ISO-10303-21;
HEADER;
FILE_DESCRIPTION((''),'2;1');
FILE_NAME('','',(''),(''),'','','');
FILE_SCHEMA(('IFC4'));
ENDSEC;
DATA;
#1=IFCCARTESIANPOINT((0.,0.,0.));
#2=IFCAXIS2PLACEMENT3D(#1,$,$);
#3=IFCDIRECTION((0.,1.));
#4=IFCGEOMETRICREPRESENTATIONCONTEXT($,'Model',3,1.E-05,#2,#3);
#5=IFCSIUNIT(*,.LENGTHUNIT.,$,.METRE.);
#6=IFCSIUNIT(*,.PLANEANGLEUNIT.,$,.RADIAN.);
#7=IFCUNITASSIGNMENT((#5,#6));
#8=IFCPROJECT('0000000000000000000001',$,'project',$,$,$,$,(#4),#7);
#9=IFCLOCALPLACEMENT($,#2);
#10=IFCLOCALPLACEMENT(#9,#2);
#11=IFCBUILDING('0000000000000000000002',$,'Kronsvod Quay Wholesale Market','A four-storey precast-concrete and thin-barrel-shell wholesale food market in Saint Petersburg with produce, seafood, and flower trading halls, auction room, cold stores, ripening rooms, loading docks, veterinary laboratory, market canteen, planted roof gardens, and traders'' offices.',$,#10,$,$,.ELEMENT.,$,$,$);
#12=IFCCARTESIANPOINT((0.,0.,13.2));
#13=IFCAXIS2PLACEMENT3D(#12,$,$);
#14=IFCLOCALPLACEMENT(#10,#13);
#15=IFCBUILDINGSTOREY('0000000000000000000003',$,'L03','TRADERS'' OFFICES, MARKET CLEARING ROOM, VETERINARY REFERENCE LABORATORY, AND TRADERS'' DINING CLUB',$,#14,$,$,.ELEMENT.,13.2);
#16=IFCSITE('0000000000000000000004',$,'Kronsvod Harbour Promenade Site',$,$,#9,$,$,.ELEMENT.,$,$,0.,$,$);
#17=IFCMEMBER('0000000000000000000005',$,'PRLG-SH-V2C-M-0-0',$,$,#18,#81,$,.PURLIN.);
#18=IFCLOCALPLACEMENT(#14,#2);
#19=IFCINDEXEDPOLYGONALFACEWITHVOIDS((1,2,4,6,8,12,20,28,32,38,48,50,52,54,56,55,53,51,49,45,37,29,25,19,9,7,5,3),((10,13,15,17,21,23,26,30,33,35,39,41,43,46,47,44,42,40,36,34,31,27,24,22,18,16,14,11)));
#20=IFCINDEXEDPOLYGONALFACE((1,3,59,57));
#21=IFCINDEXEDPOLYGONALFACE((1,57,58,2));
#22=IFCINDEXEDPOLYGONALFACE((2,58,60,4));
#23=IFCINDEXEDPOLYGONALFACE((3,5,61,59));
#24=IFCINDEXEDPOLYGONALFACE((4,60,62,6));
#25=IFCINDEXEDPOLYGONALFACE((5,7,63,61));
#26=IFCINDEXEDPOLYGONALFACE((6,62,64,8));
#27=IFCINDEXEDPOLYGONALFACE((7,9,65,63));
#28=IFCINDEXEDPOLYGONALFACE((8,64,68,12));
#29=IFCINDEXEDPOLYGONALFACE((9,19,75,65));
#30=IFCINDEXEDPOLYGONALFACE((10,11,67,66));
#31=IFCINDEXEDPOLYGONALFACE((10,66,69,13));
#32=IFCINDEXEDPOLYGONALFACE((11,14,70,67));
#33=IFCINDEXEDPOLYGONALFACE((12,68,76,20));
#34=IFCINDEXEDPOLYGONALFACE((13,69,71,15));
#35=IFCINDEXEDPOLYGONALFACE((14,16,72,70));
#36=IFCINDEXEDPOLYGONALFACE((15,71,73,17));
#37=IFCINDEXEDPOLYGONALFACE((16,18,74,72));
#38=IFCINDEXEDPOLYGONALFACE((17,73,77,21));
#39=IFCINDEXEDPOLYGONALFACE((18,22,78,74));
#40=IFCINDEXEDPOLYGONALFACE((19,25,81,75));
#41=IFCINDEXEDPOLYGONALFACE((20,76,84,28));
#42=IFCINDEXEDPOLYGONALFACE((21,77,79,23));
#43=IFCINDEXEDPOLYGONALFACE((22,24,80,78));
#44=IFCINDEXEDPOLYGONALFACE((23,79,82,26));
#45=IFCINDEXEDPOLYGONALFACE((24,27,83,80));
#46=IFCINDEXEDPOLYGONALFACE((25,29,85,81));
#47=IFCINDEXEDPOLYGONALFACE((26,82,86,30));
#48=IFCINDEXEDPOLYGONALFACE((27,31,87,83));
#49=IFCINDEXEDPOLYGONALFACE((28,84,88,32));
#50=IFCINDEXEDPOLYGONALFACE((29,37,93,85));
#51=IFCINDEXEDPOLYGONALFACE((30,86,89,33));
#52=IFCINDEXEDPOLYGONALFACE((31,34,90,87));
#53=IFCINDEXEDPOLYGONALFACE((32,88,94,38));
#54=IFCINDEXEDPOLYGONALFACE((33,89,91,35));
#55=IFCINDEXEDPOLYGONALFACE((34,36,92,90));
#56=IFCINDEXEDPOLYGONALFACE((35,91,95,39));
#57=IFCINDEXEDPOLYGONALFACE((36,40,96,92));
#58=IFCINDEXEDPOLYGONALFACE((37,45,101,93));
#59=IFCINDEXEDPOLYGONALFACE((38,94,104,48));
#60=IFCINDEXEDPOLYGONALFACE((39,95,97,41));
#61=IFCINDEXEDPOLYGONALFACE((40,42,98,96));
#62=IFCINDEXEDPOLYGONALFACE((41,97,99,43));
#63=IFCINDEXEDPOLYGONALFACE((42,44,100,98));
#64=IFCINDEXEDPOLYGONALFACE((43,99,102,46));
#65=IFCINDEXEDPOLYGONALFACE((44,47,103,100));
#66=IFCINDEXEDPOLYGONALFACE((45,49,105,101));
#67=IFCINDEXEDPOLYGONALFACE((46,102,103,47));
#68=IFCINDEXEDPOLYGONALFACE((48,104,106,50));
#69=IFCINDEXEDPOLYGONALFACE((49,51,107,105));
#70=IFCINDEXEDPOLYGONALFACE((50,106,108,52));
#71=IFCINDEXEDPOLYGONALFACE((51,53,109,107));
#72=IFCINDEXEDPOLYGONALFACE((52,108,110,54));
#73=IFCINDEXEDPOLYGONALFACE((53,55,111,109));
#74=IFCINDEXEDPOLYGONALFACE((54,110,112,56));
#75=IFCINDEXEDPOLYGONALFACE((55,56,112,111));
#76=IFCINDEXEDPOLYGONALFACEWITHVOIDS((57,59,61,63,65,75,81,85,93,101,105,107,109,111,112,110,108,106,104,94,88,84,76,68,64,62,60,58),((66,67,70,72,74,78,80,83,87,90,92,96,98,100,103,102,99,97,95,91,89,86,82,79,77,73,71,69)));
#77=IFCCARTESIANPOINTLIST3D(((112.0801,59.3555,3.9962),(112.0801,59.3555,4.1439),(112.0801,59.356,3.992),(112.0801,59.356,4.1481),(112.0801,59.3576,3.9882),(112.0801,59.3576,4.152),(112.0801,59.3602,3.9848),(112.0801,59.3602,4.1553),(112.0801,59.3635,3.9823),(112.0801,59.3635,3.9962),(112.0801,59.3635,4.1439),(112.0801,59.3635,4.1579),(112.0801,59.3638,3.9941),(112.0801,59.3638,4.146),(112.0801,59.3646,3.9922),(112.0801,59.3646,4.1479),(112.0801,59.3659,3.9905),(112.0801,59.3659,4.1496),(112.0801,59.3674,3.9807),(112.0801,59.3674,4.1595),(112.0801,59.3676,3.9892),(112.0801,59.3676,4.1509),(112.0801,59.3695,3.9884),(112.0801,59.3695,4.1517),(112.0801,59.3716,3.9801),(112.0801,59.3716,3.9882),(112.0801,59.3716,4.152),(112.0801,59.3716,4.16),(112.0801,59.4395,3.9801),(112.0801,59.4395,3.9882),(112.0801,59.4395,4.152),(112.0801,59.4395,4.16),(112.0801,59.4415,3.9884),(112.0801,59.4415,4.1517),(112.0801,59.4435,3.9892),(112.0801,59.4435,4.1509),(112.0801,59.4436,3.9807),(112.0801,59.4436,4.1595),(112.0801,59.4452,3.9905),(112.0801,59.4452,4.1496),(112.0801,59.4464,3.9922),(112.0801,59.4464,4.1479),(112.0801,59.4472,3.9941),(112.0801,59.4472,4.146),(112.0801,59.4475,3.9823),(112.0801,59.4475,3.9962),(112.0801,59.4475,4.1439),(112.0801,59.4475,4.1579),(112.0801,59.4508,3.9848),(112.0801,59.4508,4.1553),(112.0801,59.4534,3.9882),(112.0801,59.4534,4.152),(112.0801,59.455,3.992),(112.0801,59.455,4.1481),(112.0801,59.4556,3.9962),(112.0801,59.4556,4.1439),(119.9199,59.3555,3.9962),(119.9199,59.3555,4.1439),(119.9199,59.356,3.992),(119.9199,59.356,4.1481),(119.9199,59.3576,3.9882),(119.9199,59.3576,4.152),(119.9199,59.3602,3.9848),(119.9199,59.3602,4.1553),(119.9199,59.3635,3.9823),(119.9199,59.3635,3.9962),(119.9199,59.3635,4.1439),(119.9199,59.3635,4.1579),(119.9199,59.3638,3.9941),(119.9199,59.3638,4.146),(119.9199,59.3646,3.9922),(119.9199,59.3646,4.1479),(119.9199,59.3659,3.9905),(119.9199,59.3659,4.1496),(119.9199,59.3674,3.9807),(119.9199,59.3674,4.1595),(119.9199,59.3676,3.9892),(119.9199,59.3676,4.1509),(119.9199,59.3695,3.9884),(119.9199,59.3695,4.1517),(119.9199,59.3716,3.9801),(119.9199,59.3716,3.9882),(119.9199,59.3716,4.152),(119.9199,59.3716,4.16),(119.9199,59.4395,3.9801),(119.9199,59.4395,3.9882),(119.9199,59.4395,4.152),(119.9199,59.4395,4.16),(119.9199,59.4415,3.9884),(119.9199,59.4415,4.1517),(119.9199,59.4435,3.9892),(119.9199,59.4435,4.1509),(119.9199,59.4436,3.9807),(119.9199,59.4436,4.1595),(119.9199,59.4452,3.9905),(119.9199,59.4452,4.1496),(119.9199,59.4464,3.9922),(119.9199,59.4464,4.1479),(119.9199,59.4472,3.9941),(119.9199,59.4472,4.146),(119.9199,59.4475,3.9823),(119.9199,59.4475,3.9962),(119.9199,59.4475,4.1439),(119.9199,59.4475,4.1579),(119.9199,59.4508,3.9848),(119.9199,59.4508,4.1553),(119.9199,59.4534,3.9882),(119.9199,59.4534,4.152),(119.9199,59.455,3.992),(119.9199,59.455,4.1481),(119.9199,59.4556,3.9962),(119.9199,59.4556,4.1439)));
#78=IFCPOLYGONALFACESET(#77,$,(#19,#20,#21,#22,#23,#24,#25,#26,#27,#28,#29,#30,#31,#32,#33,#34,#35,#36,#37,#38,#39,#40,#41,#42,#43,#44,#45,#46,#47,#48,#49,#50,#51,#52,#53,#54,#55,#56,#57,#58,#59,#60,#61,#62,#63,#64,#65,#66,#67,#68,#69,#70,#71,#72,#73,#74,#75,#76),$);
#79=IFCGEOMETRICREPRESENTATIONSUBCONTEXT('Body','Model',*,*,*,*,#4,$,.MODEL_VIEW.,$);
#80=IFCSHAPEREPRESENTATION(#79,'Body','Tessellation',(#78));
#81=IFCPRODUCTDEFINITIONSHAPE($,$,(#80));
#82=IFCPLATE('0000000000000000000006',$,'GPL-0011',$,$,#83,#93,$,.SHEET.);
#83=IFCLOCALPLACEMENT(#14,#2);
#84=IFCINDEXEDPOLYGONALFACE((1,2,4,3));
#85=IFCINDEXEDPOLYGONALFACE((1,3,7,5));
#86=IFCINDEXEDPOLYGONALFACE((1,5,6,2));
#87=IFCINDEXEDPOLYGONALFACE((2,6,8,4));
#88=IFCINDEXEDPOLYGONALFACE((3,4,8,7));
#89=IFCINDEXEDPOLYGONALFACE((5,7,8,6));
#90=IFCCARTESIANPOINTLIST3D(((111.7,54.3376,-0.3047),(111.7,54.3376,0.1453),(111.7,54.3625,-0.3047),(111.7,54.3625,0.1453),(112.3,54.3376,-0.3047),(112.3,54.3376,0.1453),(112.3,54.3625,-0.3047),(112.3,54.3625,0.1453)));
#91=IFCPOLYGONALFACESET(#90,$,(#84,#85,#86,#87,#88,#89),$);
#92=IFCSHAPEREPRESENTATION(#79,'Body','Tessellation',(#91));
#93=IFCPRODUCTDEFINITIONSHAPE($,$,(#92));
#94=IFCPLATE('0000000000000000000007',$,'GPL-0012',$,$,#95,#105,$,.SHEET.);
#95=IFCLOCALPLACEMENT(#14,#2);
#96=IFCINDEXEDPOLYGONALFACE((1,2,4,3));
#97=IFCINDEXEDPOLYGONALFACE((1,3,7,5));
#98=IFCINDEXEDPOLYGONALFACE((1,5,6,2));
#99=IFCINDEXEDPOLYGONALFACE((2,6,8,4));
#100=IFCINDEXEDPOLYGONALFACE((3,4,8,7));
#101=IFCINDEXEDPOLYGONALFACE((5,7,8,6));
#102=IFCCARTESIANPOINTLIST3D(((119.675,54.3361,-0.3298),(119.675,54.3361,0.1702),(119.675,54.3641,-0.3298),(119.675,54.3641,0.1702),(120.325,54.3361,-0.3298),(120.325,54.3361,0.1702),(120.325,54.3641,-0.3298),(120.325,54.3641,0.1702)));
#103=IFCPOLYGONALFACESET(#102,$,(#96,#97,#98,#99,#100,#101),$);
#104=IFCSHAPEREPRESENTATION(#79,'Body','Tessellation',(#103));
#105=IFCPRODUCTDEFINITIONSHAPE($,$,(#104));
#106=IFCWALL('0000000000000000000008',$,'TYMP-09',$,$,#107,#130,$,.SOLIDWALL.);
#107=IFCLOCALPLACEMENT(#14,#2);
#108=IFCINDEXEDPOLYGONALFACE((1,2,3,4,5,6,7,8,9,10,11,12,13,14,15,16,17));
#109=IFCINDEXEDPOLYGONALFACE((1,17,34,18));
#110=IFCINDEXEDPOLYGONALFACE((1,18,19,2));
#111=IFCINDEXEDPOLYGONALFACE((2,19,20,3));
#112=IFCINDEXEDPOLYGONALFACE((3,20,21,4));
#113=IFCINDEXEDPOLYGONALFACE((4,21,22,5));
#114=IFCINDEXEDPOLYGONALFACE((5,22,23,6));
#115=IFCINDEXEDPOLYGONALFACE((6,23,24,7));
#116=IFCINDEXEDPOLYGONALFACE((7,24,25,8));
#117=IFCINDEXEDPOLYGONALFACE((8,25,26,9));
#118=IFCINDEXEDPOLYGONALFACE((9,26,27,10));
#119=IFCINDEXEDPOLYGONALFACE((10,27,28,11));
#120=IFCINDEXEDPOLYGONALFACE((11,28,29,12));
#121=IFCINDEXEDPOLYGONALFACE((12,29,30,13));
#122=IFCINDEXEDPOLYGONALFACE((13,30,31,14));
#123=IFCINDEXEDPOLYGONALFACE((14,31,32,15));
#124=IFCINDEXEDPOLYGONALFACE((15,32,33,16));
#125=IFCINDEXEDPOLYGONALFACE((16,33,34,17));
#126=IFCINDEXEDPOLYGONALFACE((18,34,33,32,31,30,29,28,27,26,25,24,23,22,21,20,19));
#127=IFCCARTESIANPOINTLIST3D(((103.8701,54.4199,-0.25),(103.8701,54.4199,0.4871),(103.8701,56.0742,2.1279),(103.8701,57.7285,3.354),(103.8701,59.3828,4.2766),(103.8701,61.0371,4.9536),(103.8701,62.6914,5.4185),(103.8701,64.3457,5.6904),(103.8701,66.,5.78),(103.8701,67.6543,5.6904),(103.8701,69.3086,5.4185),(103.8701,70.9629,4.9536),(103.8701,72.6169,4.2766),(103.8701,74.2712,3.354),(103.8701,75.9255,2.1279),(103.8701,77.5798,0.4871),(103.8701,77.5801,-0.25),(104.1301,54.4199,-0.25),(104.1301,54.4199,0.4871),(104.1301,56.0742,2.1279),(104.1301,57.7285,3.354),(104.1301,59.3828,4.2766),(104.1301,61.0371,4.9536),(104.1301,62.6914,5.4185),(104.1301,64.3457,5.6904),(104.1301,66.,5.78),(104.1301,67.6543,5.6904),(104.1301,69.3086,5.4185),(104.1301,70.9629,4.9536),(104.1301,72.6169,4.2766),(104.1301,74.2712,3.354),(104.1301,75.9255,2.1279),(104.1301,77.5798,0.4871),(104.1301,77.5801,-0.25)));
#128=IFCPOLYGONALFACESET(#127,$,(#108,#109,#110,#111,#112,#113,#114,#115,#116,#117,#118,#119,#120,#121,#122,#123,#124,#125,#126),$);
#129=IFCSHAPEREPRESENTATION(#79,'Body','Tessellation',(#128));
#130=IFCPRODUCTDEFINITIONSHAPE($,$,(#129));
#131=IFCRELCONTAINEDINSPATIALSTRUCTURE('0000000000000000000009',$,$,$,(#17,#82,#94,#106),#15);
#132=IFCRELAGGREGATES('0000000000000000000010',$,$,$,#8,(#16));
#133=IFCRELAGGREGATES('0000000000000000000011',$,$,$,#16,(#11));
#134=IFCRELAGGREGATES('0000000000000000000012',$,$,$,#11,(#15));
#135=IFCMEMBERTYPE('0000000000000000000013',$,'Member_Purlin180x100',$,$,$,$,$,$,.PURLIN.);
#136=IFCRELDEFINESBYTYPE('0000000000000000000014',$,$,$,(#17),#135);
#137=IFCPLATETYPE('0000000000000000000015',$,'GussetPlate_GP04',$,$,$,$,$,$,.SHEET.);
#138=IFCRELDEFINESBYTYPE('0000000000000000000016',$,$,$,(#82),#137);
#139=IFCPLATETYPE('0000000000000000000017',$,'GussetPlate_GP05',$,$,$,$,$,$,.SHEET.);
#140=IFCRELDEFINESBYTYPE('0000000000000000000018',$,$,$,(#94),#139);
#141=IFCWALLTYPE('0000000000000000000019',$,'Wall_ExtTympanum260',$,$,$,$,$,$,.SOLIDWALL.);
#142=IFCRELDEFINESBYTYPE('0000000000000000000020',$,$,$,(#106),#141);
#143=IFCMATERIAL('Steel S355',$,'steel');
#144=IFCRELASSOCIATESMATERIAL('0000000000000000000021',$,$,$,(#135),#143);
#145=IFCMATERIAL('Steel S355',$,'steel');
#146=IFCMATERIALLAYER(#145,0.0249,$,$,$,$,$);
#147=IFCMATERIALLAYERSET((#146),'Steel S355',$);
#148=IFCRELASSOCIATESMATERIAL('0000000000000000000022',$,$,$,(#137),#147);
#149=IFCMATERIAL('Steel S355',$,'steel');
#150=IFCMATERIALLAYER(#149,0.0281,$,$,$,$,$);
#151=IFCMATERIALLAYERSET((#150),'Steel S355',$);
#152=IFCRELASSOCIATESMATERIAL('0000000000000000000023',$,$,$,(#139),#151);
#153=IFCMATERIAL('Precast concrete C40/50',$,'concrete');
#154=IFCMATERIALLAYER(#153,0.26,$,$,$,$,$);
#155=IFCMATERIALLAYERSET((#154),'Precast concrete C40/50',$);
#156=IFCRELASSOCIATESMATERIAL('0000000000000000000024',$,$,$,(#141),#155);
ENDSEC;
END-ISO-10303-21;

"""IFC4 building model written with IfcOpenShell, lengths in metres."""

from ifc_helpers import new_model, si_unit, direction, frame, origin, origin_2d, place, context, subcontext, project, spatial, polyline, rectangle, hollow_rectangle, outline, extrude, material, layer, layer_set, material_profile, profile_set, type_object, element, save


model = new_model("IFC4")

# Units and contexts
model_context = context("Model", 3, precision=1e-05, world=origin(), true_north=direction((0.0, 1.0)))
body_context = subcontext(model_context, "Body", "Model", "MODEL_VIEW")
ifc_project = project(units=[si_unit("LENGTHUNIT", "METRE"), si_unit("PLANEANGLEUNIT", "RADIAN")], contexts=[model_context])

# Site, building, storey
site_placement = place(None, origin())
site = spatial("IfcSite", under=ifc_project, at=site_placement, Name="Kronsvod Harbour Promenade Site", CompositionType="ELEMENT", RefElevation=0.0)
building_placement = place(site_placement, origin())
building = spatial("IfcBuilding", under=site, at=building_placement, Name="Kronsvod Quay Wholesale Market", Description="A four-storey precast-concrete and thin-barrel-shell wholesale food market in Saint Petersburg with produce, seafood, and flower trading halls, auction room, cold stores, ripening rooms, loading docks, veterinary laboratory, market canteen, planted roof gardens, and traders' offices.", CompositionType="ELEMENT")
storey_placement = place(building_placement, frame((0.0, 0.0, 13.2)))
storey = spatial("IfcBuildingStorey", under=building, at=storey_placement, Name="L03", Description="TRADERS' OFFICES, MARKET CLEARING ROOM, VETERINARY REFERENCE LABORATORY, AND TRADERS' DINING CLUB", CompositionType="ELEMENT", Elevation=13.2)

# Member
ifc_material_1 = material(Name="Steel S355", Category="steel")
ifc_material_profile_1 = material_profile(ifc_material_1, hollow_rectangle(XDim=0.1001, YDim=0.1799, WallThickness=0.0081, InnerFilletRadius=0.0081, OuterFilletRadius=0.0161, at=origin_2d()), Name="RHS180x100x8")
ifc_profile_set_1 = profile_set([ifc_material_profile_1], Name="Steel S355")
member_type_1 = type_object("IfcMemberType", Name="Member_Purlin180x100", PredefinedType="PURLIN", material=ifc_profile_set_1)
member_1_placement = place(storey_placement, frame((112.0801, 59.4055, 4.0701), z_axis=(1.0, 0.0, 0.0), x_axis=(0.0, 1.0, 0.0)))
element("IfcMember", 1, at=member_1_placement, inside=storey, type_object=member_type_1, Name="PRLG-SH-V2C-M-0-0", PredefinedType="PURLIN", context=body_context, shape_type="SweptSolid", body=[
    extrude(hollow_rectangle(XDim=0.1001, YDim=0.1799, WallThickness=0.0081, InnerFilletRadius=0.0081, OuterFilletRadius=0.0161, at=origin_2d()), origin(), (0.0, 0.0, 1.0), 7.8398),
])

# Plates
ifc_material_2 = material(Name="Steel S355", Category="steel")
ifc_layer_1 = layer(ifc_material_2, 0.0249)
ifc_layer_set_1 = layer_set([ifc_layer_1], Name="Steel S355")
plate_type_1 = type_object("IfcPlateType", Name="GussetPlate_GP04", PredefinedType="SHEET", material=ifc_layer_set_1)
plate_1_placement = place(storey_placement, frame((112.0, 54.3501, -0.3047), z_axis=(0.0, 0.0, 1.0), x_axis=(1.0, 0.0, 0.0)))
element("IfcPlate", 2, at=plate_1_placement, inside=storey, type_object=plate_type_1, Name="GPL-0011", PredefinedType="SHEET", context=body_context, shape_type="SweptSolid", body=[
    extrude(rectangle(XDim=0.6001, YDim=0.0249, at=origin_2d()), origin(), (0.0, 0.0, 1.0), 0.45),
])
ifc_material_3 = material(Name="Steel S355", Category="steel")
ifc_layer_2 = layer(ifc_material_3, 0.0281)
ifc_layer_set_2 = layer_set([ifc_layer_2], Name="Steel S355")
plate_type_2 = type_object("IfcPlateType", Name="GussetPlate_GP05", PredefinedType="SHEET", material=ifc_layer_set_2)
plate_2_placement = place(storey_placement, frame((120.0, 54.3501, -0.3298), z_axis=(0.0, 0.0, 1.0), x_axis=(1.0, 0.0, 0.0)))
element("IfcPlate", 3, at=plate_2_placement, inside=storey, type_object=plate_type_2, Name="GPL-0012", PredefinedType="SHEET", context=body_context, shape_type="SweptSolid", body=[
    extrude(rectangle(XDim=0.6499, YDim=0.0281, at=origin_2d()), origin(), (0.0, 0.0, 1.0), 0.5),
])

# Wall
ifc_material_4 = material(Name="Precast concrete C40/50", Category="concrete")
ifc_layer_3 = layer(ifc_material_4, 0.26)
ifc_layer_set_3 = layer_set([ifc_layer_3], Name="Precast concrete C40/50")
wall_type = type_object("IfcWallType", Name="Wall_ExtTympanum260", PredefinedType="SOLIDWALL", material=ifc_layer_set_3)
wall_placement = place(storey_placement, frame((104.0, 54.4199, -0.25), z_axis=(0.0, 0.0, 1.0), x_axis=(0.0, 1.0, 0.0)))
element("IfcWall", 4, at=wall_placement, inside=storey, type_object=wall_type, Name="TYMP-09", PredefinedType="SOLIDWALL", context=body_context, shape_type="SweptSolid", body=[
    extrude(outline(polyline([(0.0, 0.0), (23.1602, 0.0), (23.1599, 0.7371), (21.5056, 2.3779), (19.8513, 3.604), (18.197, 4.5266), (16.543, 5.2036), (14.8887, 5.6685), (13.2344, 5.9404), (11.5801, 6.03), (9.9258, 5.9404), (8.2715, 5.6685), (6.6172, 5.2036), (4.9629, 4.5266), (3.3086, 3.604), (1.6543, 2.3779), (0.0, 0.7371), (0.0, 0.0)])), frame((0.0, 0.1299, 0.0), z_axis=(0.0, -1.0, 0.0), x_axis=(1.0, 0.0, 0.0)), (0.0, 0.0, 1.0), 0.26),
])

save(model, "model.ifc")
